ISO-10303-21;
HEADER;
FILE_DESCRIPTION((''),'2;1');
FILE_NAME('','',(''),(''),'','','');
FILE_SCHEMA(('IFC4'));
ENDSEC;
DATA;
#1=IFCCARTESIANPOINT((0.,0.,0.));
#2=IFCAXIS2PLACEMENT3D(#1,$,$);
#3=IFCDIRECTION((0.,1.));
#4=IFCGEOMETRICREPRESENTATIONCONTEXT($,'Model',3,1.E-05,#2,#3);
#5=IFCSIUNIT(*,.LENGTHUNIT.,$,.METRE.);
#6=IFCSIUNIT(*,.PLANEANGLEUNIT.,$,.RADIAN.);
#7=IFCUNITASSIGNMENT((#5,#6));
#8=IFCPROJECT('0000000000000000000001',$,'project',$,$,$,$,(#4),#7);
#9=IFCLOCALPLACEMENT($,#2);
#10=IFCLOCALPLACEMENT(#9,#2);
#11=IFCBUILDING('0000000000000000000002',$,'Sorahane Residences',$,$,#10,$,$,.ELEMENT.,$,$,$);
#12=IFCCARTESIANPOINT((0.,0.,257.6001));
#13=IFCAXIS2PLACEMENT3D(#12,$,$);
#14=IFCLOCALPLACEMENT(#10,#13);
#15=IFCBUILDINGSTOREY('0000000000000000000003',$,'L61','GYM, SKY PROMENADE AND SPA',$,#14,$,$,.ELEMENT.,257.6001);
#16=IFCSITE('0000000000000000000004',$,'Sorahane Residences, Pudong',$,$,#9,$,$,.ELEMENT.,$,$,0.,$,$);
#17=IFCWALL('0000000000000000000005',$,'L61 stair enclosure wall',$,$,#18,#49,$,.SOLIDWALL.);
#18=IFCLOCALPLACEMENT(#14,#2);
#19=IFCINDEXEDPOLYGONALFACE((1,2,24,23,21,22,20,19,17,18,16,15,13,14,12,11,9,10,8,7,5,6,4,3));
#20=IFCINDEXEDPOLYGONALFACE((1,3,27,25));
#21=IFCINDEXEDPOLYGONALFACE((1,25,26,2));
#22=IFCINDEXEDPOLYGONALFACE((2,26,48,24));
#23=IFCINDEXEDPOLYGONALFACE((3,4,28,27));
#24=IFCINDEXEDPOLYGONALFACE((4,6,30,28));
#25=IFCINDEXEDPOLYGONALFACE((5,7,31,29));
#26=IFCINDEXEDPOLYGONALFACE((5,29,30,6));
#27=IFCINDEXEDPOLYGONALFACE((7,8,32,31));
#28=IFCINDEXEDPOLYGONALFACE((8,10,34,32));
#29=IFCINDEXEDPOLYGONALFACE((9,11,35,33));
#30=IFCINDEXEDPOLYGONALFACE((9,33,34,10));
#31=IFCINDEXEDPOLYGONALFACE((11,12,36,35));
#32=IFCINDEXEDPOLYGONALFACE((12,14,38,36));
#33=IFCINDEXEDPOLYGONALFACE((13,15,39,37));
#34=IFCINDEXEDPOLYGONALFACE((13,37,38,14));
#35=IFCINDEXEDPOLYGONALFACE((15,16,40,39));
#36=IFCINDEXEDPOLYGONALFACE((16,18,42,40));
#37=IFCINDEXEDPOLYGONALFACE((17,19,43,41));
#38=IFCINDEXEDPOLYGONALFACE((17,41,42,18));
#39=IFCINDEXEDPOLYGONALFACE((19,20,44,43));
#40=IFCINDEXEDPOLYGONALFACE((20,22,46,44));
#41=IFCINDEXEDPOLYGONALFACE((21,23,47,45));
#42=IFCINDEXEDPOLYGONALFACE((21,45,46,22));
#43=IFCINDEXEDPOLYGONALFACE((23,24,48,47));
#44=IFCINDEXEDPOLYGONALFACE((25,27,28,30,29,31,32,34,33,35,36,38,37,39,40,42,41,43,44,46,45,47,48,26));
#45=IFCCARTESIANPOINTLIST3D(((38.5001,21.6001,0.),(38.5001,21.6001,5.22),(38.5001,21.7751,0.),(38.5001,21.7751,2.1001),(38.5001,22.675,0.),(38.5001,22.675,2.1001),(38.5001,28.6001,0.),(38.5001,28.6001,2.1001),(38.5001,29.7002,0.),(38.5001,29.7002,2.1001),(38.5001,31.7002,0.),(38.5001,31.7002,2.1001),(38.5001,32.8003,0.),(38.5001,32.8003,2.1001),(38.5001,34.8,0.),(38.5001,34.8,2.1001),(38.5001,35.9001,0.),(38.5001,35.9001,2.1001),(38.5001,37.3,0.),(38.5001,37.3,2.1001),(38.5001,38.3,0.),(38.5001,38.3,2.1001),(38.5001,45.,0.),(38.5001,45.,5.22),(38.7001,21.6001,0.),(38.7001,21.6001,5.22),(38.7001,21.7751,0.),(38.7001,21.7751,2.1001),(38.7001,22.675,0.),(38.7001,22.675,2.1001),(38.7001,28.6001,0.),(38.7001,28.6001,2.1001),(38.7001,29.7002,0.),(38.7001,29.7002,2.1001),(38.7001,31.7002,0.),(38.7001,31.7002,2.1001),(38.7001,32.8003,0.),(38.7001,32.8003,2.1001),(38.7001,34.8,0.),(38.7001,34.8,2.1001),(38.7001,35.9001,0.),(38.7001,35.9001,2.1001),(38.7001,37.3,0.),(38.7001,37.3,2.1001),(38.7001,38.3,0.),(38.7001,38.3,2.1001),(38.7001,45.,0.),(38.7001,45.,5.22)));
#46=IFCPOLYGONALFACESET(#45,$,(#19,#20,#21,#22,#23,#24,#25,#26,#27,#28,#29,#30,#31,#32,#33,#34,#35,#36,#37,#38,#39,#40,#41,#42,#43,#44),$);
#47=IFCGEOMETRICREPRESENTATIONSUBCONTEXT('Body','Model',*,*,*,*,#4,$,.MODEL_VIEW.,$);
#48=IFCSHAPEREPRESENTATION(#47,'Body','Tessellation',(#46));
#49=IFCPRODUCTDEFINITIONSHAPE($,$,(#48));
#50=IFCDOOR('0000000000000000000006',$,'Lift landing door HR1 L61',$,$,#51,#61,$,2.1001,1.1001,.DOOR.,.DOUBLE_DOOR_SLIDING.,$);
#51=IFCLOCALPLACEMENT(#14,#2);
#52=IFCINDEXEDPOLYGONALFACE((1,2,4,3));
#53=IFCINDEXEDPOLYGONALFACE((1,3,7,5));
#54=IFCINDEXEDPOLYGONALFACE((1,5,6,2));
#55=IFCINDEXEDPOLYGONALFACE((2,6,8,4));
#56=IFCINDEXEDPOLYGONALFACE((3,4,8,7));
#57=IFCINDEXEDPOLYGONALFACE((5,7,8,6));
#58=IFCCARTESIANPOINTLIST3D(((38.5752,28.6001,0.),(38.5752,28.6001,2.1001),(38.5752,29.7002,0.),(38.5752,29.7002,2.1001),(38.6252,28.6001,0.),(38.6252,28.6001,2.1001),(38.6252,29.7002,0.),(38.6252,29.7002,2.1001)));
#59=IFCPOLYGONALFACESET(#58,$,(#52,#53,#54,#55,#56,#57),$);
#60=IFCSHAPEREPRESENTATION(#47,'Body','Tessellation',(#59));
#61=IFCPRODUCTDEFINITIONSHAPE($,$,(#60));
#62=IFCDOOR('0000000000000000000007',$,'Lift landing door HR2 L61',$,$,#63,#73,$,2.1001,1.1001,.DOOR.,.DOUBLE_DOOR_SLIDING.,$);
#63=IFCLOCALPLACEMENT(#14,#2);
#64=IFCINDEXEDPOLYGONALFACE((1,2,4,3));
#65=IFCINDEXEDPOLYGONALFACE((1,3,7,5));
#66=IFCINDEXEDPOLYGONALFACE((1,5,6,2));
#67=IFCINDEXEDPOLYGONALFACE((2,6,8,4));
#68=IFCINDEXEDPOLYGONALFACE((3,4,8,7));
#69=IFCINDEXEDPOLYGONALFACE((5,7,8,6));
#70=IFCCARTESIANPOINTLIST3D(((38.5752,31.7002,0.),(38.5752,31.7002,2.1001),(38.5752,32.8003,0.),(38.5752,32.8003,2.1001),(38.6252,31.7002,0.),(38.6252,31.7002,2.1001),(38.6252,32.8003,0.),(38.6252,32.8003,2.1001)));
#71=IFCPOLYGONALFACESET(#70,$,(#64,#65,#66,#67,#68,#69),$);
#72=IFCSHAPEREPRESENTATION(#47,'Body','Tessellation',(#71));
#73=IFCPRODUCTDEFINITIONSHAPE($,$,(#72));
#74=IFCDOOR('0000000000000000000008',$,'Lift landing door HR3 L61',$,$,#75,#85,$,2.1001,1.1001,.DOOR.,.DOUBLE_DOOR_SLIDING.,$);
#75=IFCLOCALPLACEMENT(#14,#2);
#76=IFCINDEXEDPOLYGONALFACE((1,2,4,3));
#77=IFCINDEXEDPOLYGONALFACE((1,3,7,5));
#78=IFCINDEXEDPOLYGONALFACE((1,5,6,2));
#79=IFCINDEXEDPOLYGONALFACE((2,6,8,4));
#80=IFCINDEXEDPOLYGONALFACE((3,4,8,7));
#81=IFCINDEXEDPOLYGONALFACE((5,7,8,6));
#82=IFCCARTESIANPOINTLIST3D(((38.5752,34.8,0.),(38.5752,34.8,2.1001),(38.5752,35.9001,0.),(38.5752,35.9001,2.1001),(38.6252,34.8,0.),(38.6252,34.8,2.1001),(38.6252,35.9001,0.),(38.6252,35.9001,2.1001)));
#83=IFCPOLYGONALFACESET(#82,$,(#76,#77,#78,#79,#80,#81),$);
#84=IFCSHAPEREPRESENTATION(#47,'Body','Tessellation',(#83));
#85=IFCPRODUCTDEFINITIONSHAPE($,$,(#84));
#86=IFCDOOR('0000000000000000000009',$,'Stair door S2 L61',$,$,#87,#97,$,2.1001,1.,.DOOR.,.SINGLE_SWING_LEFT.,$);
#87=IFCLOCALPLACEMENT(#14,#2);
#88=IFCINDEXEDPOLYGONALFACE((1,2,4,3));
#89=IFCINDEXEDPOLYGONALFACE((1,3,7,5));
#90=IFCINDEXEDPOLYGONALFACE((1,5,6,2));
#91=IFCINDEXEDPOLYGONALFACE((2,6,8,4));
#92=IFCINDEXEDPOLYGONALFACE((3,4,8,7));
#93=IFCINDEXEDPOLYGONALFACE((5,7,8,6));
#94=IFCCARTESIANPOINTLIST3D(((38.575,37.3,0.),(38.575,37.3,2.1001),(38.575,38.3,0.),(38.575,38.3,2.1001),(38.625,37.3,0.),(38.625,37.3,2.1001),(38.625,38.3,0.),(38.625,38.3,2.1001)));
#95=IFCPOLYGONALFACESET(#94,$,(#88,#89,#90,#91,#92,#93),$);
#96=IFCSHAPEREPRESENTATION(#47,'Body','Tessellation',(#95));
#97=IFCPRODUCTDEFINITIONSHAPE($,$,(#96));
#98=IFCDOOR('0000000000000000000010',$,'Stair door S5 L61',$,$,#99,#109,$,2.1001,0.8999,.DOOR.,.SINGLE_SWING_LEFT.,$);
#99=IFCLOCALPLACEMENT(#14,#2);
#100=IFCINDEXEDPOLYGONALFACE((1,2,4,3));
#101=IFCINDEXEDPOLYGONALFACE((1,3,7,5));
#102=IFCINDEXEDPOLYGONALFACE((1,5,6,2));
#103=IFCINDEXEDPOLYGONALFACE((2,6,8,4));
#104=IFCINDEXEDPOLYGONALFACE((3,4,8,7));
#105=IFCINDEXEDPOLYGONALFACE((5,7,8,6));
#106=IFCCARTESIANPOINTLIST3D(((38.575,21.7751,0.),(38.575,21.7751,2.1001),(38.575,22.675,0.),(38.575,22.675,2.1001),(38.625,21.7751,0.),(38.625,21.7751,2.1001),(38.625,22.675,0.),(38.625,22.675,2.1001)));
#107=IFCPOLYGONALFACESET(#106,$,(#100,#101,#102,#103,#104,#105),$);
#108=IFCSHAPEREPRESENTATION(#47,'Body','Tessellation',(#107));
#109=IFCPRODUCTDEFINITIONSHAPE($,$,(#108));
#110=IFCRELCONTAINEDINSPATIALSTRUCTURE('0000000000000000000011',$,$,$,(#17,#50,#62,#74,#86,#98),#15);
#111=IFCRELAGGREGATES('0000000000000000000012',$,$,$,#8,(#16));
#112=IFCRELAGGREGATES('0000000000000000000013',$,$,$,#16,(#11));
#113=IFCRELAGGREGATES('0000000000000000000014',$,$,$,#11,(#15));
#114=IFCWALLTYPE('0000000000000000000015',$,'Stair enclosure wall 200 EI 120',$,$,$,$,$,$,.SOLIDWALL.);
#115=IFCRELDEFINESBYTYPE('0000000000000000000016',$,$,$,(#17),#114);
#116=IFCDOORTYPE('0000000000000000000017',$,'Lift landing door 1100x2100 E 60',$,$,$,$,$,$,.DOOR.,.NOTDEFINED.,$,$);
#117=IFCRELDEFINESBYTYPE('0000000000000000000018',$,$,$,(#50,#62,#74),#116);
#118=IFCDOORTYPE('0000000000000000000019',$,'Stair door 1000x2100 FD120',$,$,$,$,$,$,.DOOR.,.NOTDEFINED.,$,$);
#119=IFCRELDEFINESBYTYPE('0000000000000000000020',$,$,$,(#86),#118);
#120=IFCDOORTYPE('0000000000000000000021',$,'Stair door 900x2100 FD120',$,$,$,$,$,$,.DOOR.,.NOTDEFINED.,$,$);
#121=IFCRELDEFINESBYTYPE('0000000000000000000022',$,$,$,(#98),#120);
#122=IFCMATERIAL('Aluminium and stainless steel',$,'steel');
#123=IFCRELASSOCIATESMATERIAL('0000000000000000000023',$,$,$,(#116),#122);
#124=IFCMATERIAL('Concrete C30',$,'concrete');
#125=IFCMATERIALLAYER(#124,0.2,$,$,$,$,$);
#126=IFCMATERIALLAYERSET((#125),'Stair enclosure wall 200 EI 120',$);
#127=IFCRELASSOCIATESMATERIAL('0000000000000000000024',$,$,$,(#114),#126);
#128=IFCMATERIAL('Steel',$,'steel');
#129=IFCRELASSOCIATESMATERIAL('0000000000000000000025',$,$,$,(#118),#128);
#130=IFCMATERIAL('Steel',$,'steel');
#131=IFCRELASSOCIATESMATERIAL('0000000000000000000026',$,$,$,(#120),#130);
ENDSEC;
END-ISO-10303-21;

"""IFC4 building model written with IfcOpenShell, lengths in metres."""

from ifc_helpers import new_model, si_unit, direction, frame, frame_2d, origin, place, context, subcontext, project, spatial, rectangle, extrude, material, layer, layer_set, type_object, element, fill, save


model = new_model("IFC4")

# Units and contexts
model_context = context("Model", 3, precision=1e-05, world=origin(), true_north=direction((0.0, 1.0)))
body_context = subcontext(model_context, "Body", "Model", "MODEL_VIEW")
ifc_project = project(units=[si_unit("LENGTHUNIT", "METRE"), si_unit("PLANEANGLEUNIT", "RADIAN")], contexts=[model_context])

# Site, building, storey
site_placement = place(None, origin())
site = spatial("IfcSite", under=ifc_project, at=site_placement, Name="Sorahane Residences, Pudong", CompositionType="ELEMENT", RefElevation=0.0)
building_placement = place(site_placement, origin())
building = spatial("IfcBuilding", under=site, at=building_placement, Name="Sorahane Residences", CompositionType="ELEMENT")
storey_placement = place(building_placement, frame((0.0, 0.0, 257.6001)))
storey = spatial("IfcBuildingStorey", under=building, at=storey_placement, Name="L61", Description="GYM, SKY PROMENADE AND SPA", CompositionType="ELEMENT", Elevation=257.6001)

# Wall, openings, doors
ifc_material_1 = material(Name="Aluminium and stainless steel", Category="steel")
door_type_1 = type_object("IfcDoorType", Name="Lift landing door 1100x2100 E 60", OperationType="NOTDEFINED", PredefinedType="DOOR", material=ifc_material_1)
ifc_material_2 = material(Name="Concrete C30", Category="concrete")
ifc_layer_1 = layer(ifc_material_2, 0.2)
ifc_layer_set_1 = layer_set([ifc_layer_1], Name="Stair enclosure wall 200 EI 120")
wall_type_1 = type_object("IfcWallType", Name="Stair enclosure wall 200 EI 120", PredefinedType="SOLIDWALL", material=ifc_layer_set_1)
wall_1_placement = place(storey_placement, frame((38.6001, 21.6001, 0.0), z_axis=(0.0, 0.0, 1.0), x_axis=(0.0, 1.0, 0.0)))
wall_1 = element("IfcWall", 1, at=wall_1_placement, inside=storey, type_object=wall_type_1, Name="L61 stair enclosure wall", PredefinedType="SOLIDWALL", context=body_context, shape_type="SweptSolid", body=[
    extrude(rectangle(XDim=23.3999, YDim=0.2, at=frame_2d((11.7, 0.0))), origin(), (0.0, 0.0, 1.0), 5.22),
])
opening_1_placement = place(wall_1_placement, frame((7.0, 0.0, 0.0)))
opening_1 = element("IfcOpeningElement", 2, at=opening_1_placement, cuts=wall_1, PredefinedType="OPENING", context=body_context, shape_type="SweptSolid", body=[
    extrude(rectangle(XDim=1.1001, YDim=2.1001, at=frame_2d((0.55, 1.05))), frame((0.0, 0.1099, 0.0), z_axis=(0.0, -1.0, 0.0), x_axis=(1.0, 0.0, 0.0)), (0.0, 0.0, 1.0), 0.22),
])
opening_2_placement = place(wall_1_placement, frame((10.1001, 0.0, 0.0)))
opening_2 = element("IfcOpeningElement", 3, at=opening_2_placement, cuts=wall_1, PredefinedType="OPENING", context=body_context, shape_type="SweptSolid", body=[
    extrude(rectangle(XDim=1.1001, YDim=2.1001, at=frame_2d((0.55, 1.05))), frame((0.0, 0.1099, 0.0), z_axis=(0.0, -1.0, 0.0), x_axis=(1.0, 0.0, 0.0)), (0.0, 0.0, 1.0), 0.22),
])
opening_3_placement = place(wall_1_placement, frame((13.2, 0.0, 0.0)))
opening_3 = element("IfcOpeningElement", 4, at=opening_3_placement, cuts=wall_1, PredefinedType="OPENING", context=body_context, shape_type="SweptSolid", body=[
    extrude(rectangle(XDim=1.1001, YDim=2.1001, at=frame_2d((0.55, 1.05))), frame((0.0, 0.1099, 0.0), z_axis=(0.0, -1.0, 0.0), x_axis=(1.0, 0.0, 0.0)), (0.0, 0.0, 1.0), 0.22),
])
opening_4_placement = place(wall_1_placement, frame((15.7, 0.0, 0.0)))
opening_4 = element("IfcOpeningElement", 5, at=opening_4_placement, cuts=wall_1, PredefinedType="OPENING", context=body_context, shape_type="SweptSolid", body=[
    extrude(rectangle(XDim=1.0, YDim=2.1001, at=frame_2d((0.5, 1.05))), frame((0.0, 0.1099, 0.0), z_axis=(0.0, -1.0, 0.0), x_axis=(1.0, 0.0, 0.0)), (0.0, 0.0, 1.0), 0.22),
])
opening_5_placement = place(wall_1_placement, frame((0.175, 0.0, 0.0)))
opening_5 = element("IfcOpeningElement", 6, at=opening_5_placement, cuts=wall_1, PredefinedType="OPENING", context=body_context, shape_type="SweptSolid", body=[
    extrude(rectangle(XDim=0.8999, YDim=2.1001, at=frame_2d((0.45, 1.05))), frame((0.0, 0.1099, 0.0), z_axis=(0.0, -1.0, 0.0), x_axis=(1.0, 0.0, 0.0)), (0.0, 0.0, 1.0), 0.22),
])
door_1_placement = place(opening_1_placement, origin())
door_1 = element("IfcDoor", 7, at=door_1_placement, inside=storey, type_object=door_type_1, Name="Lift landing door HR1 L61", OperationType="DOUBLE_DOOR_SLIDING", OverallHeight=2.1001, OverallWidth=1.1001, PredefinedType="DOOR", context=body_context, shape_type="SweptSolid", body=[
    extrude(rectangle(XDim=1.1001, YDim=2.1001, at=frame_2d((0.55, 1.05))), frame((0.0, 0.0249, 0.0), z_axis=(0.0, -1.0, 0.0), x_axis=(1.0, 0.0, 0.0)), (0.0, 0.0, 1.0), 0.05),
])
fill(opening_1, door_1)
door_2_placement = place(opening_2_placement, origin())
door_2 = element("IfcDoor", 8, at=door_2_placement, inside=storey, type_object=door_type_1, Name="Lift landing door HR2 L61", OperationType="DOUBLE_DOOR_SLIDING", OverallHeight=2.1001, OverallWidth=1.1001, PredefinedType="DOOR", context=body_context, shape_type="SweptSolid", body=[
    extrude(rectangle(XDim=1.1001, YDim=2.1001, at=frame_2d((0.55, 1.05))), frame((0.0, 0.0249, 0.0), z_axis=(0.0, -1.0, 0.0), x_axis=(1.0, 0.0, 0.0)), (0.0, 0.0, 1.0), 0.05),
])
fill(opening_2, door_2)
door_3_placement = place(opening_3_placement, origin())
door_3 = element("IfcDoor", 9, at=door_3_placement, inside=storey, type_object=door_type_1, Name="Lift landing door HR3 L61", OperationType="DOUBLE_DOOR_SLIDING", OverallHeight=2.1001, OverallWidth=1.1001, PredefinedType="DOOR", context=body_context, shape_type="SweptSolid", body=[
    extrude(rectangle(XDim=1.1001, YDim=2.1001, at=frame_2d((0.55, 1.05))), frame((0.0, 0.0249, 0.0), z_axis=(0.0, -1.0, 0.0), x_axis=(1.0, 0.0, 0.0)), (0.0, 0.0, 1.0), 0.05),
])
fill(opening_3, door_3)
ifc_material_3 = material(Name="Steel", Category="steel")
door_type_2 = type_object("IfcDoorType", Name="Stair door 1000x2100 FD120", OperationType="NOTDEFINED", PredefinedType="DOOR", material=ifc_material_3)
door_4_placement = place(opening_4_placement, frame((1.0, 0.0, 0.0), z_axis=(0.0, 0.0, 1.0), x_axis=(-1.0, 0.0, 0.0)))
door_4 = element("IfcDoor", 10, at=door_4_placement, inside=storey, type_object=door_type_2, Name="Stair door S2 L61", OperationType="SINGLE_SWING_LEFT", OverallHeight=2.1001, OverallWidth=1.0, PredefinedType="DOOR", context=body_context, shape_type="SweptSolid", body=[
    extrude(rectangle(XDim=1.0, YDim=2.1001, at=frame_2d((0.5, 1.05))), frame((0.0, 0.0249, 0.0), z_axis=(0.0, -1.0, 0.0), x_axis=(1.0, 0.0, 0.0)), (0.0, 0.0, 1.0), 0.05),
])
fill(opening_4, door_4)
ifc_material_4 = material(Name="Steel", Category="steel")
door_type_3 = type_object("IfcDoorType", Name="Stair door 900x2100 FD120", OperationType="NOTDEFINED", PredefinedType="DOOR", material=ifc_material_4)
door_5_placement = place(opening_5_placement, frame((0.8999, 0.0, 0.0), z_axis=(0.0, 0.0, 1.0), x_axis=(-1.0, 0.0, 0.0)))
door_5 = element("IfcDoor", 11, at=door_5_placement, inside=storey, type_object=door_type_3, Name="Stair door S5 L61", OperationType="SINGLE_SWING_LEFT", OverallHeight=2.1001, OverallWidth=0.8999, PredefinedType="DOOR", context=body_context, shape_type="SweptSolid", body=[
    extrude(rectangle(XDim=0.8999, YDim=2.1001, at=frame_2d((0.45, 1.05))), frame((0.0, 0.0249, 0.0), z_axis=(0.0, -1.0, 0.0), x_axis=(1.0, 0.0, 0.0)), (0.0, 0.0, 1.0), 0.05),
])
fill(opening_5, door_5)

save(model, "model.ifc")
